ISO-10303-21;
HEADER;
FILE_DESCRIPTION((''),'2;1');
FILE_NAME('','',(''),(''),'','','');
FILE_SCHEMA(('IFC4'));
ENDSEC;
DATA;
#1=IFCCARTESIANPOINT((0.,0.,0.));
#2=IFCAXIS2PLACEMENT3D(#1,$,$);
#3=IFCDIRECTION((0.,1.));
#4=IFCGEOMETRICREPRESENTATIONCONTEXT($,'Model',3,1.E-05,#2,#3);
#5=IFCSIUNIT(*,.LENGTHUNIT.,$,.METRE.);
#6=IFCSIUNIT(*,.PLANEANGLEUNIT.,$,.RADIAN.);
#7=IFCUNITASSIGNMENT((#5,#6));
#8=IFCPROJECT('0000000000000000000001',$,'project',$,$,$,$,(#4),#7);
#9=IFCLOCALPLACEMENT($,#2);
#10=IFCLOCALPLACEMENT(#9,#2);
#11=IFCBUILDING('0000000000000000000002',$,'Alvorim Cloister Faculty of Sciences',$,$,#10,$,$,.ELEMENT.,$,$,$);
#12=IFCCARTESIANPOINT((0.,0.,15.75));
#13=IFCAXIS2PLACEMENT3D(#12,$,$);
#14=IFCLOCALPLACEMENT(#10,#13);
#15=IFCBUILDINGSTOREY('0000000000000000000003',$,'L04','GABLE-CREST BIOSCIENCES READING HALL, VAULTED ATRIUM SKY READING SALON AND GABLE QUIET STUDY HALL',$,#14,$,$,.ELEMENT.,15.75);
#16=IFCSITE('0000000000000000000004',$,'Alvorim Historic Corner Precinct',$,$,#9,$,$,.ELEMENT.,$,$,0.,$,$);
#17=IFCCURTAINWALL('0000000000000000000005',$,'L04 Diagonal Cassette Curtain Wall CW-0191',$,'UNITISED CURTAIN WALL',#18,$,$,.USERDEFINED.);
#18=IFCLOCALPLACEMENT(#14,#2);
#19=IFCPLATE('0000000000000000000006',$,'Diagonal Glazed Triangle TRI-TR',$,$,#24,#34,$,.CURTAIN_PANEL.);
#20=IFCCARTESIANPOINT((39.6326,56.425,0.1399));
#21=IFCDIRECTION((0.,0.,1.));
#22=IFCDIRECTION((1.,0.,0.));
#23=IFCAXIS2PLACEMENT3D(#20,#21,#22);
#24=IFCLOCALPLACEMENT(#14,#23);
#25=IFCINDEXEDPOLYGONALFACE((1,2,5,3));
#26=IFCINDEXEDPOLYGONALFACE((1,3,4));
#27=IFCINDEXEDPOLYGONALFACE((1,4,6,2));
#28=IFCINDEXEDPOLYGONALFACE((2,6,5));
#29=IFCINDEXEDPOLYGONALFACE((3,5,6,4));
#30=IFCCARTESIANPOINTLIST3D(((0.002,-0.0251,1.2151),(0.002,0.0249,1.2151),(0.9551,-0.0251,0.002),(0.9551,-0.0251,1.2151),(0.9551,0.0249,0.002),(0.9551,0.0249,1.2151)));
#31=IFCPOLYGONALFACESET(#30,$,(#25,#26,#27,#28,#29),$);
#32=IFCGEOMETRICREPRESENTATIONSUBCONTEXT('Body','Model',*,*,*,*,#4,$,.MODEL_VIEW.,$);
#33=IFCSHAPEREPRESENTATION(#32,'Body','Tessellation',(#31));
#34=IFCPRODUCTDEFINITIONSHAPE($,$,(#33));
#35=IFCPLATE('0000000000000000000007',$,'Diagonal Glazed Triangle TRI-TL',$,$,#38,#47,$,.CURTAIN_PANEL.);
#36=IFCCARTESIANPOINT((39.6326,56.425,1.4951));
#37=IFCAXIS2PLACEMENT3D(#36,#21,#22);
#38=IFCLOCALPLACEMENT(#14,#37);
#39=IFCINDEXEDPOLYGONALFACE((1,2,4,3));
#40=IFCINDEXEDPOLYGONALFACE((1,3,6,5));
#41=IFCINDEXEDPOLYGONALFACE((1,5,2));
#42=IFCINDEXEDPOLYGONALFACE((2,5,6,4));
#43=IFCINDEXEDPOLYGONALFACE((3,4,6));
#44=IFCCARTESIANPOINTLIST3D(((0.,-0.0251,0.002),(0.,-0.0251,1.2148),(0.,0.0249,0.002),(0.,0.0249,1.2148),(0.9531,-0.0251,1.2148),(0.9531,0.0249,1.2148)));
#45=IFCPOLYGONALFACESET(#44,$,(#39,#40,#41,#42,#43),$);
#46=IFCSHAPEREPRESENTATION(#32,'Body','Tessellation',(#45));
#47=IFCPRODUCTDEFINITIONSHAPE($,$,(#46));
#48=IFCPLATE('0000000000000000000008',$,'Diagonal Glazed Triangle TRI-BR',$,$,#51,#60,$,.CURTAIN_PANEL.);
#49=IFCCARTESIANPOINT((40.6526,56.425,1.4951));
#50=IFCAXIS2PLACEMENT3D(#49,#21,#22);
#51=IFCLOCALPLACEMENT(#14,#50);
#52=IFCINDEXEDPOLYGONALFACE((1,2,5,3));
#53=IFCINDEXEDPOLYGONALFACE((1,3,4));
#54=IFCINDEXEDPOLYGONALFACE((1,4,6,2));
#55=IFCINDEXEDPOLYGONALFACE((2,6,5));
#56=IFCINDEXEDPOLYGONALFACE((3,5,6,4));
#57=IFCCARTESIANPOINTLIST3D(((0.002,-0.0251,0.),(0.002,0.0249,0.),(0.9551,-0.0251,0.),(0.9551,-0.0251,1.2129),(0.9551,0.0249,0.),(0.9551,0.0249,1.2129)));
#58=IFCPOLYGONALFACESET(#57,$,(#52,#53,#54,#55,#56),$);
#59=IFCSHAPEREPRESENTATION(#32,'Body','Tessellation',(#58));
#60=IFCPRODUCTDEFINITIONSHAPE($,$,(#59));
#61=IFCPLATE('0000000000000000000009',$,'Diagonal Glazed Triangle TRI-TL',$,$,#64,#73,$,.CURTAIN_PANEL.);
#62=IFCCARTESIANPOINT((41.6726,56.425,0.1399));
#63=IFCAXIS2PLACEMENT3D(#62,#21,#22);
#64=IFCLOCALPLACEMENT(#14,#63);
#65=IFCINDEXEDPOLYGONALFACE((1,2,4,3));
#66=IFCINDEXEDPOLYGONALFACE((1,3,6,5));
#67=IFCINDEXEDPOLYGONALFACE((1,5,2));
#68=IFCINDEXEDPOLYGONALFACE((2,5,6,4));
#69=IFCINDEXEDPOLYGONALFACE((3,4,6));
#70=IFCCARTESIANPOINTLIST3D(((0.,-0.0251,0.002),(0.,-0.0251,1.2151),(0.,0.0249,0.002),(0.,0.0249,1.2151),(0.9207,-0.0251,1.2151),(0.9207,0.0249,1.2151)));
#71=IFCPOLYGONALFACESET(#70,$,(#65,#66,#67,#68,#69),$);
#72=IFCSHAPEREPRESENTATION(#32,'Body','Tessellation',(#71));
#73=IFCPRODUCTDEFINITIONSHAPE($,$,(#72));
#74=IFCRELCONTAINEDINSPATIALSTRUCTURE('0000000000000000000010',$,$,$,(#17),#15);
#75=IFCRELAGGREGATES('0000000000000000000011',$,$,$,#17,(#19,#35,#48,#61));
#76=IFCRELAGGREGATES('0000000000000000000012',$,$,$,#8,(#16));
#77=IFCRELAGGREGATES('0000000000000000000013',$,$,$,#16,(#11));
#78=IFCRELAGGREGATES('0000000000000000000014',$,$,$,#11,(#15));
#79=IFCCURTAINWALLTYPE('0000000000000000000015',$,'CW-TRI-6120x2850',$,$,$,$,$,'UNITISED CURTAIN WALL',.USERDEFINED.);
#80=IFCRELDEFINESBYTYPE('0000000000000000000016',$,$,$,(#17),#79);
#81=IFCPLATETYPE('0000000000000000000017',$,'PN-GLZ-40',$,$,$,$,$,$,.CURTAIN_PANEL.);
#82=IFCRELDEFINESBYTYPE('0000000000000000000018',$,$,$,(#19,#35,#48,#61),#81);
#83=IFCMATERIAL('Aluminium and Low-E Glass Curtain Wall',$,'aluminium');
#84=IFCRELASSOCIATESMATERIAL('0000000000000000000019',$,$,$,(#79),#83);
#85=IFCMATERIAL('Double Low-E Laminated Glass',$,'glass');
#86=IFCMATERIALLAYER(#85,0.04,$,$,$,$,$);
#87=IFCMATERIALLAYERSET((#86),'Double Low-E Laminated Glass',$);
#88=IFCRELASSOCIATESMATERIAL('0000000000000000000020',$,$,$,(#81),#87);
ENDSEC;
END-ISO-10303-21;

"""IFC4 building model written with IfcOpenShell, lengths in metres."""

from ifc_helpers import new_model, si_unit, direction, frame, origin, place, context, subcontext, project, spatial, polyline, outline, extrude, material, layer, layer_set, type_object, element, aggregate, save


model = new_model("IFC4")

# Units and contexts
model_context = context("Model", 3, precision=1e-05, world=origin(), true_north=direction((0.0, 1.0)))
body_context = subcontext(model_context, "Body", "Model", "MODEL_VIEW")
ifc_project = project(units=[si_unit("LENGTHUNIT", "METRE"), si_unit("PLANEANGLEUNIT", "RADIAN")], contexts=[model_context])

# Site, building, storey
site_placement = place(None, origin())
site = spatial("IfcSite", under=ifc_project, at=site_placement, Name="Alvorim Historic Corner Precinct", CompositionType="ELEMENT", RefElevation=0.0)
building_placement = place(site_placement, origin())
building = spatial("IfcBuilding", under=site, at=building_placement, Name="Alvorim Cloister Faculty of Sciences", CompositionType="ELEMENT")
storey_placement = place(building_placement, frame((0.0, 0.0, 15.75)))
storey = spatial("IfcBuildingStorey", under=building, at=storey_placement, Name="L04", Description="GABLE-CREST BIOSCIENCES READING HALL, VAULTED ATRIUM SKY READING SALON AND GABLE QUIET STUDY HALL", CompositionType="ELEMENT", Elevation=15.75)

# Curtain wall, plates
ifc_material_1 = material(Name="Aluminium and Low-E Glass Curtain Wall", Category="aluminium")
curtain_wall_type = type_object("IfcCurtainWallType", Name="CW-TRI-6120x2850", ElementType="UNITISED CURTAIN WALL", PredefinedType="USERDEFINED", material=ifc_material_1)
curtain_wall_placement = place(storey_placement, origin())
curtain_wall = element("IfcCurtainWall", 1, at=curtain_wall_placement, inside=storey, type_object=curtain_wall_type, Name="L04 Diagonal Cassette Curtain Wall CW-0191", ObjectType="UNITISED CURTAIN WALL", PredefinedType="USERDEFINED")
ifc_material_2 = material(Name="Double Low-E Laminated Glass", Category="glass")
ifc_layer = layer(ifc_material_2, 0.04)
ifc_layer_set = layer_set([ifc_layer], Name="Double Low-E Laminated Glass")
plate_type = type_object("IfcPlateType", Name="PN-GLZ-40", PredefinedType="CURTAIN_PANEL", material=ifc_layer_set)
plate_1_placement = place(storey_placement, frame((39.6326, 56.425, 0.1399), z_axis=(0.0, 0.0, 1.0), x_axis=(1.0, 0.0, 0.0)))
plate_1 = element("IfcPlate", 2, at=plate_1_placement, type_object=plate_type, Name="Diagonal Glazed Triangle TRI-TR", PredefinedType="CURTAIN_PANEL", context=body_context, shape_type="SweptSolid", body=[
    extrude(outline(polyline([(0.9551, 0.002), (0.9551, 1.2151), (0.002, 1.2151), (0.9551, 0.002)])), frame((0.0, 0.0249, 0.0), z_axis=(0.0, -1.0, 0.0), x_axis=(1.0, 0.0, 0.0)), (0.0, 0.0, 1.0), 0.05),
])
plate_2_placement = place(storey_placement, frame((39.6326, 56.425, 1.4951), z_axis=(0.0, 0.0, 1.0), x_axis=(1.0, 0.0, 0.0)))
plate_2 = element("IfcPlate", 3, at=plate_2_placement, type_object=plate_type, Name="Diagonal Glazed Triangle TRI-TL", PredefinedType="CURTAIN_PANEL", context=body_context, shape_type="SweptSolid", body=[
    extrude(outline(polyline([(0.9531, 1.2148), (0.0, 1.2148), (0.0, 0.002), (0.9531, 1.2148)])), frame((0.0, 0.0249, 0.0), z_axis=(0.0, -1.0, 0.0), x_axis=(1.0, 0.0, 0.0)), (0.0, 0.0, 1.0), 0.05),
])
plate_3_placement = place(storey_placement, frame((40.6526, 56.425, 1.4951), z_axis=(0.0, 0.0, 1.0), x_axis=(1.0, 0.0, 0.0)))
plate_3 = element("IfcPlate", 4, at=plate_3_placement, type_object=plate_type, Name="Diagonal Glazed Triangle TRI-BR", PredefinedType="CURTAIN_PANEL", context=body_context, shape_type="SweptSolid", body=[
    extrude(outline(polyline([(0.002, 0.0), (0.9551, 0.0), (0.9551, 1.2129), (0.002, 0.0)])), frame((0.0, 0.0249, 0.0), z_axis=(0.0, -1.0, 0.0), x_axis=(1.0, 0.0, 0.0)), (0.0, 0.0, 1.0), 0.05),
])
plate_4_placement = place(storey_placement, frame((41.6726, 56.425, 0.1399), z_axis=(0.0, 0.0, 1.0), x_axis=(1.0, 0.0, 0.0)))
plate_4 = element("IfcPlate", 5, at=plate_4_placement, type_object=plate_type, Name="Diagonal Glazed Triangle TRI-TL", PredefinedType="CURTAIN_PANEL", context=body_context, shape_type="SweptSolid", body=[
    extrude(outline(polyline([(0.9207, 1.2151), (0.0, 1.2151), (0.0, 0.002), (0.9207, 1.2151)])), frame((0.0, 0.0249, 0.0), z_axis=(0.0, -1.0, 0.0), x_axis=(1.0, 0.0, 0.0)), (0.0, 0.0, 1.0), 0.05),
])
aggregate(curtain_wall, [plate_1, plate_2, plate_3, plate_4])

save(model, "model.ifc")
